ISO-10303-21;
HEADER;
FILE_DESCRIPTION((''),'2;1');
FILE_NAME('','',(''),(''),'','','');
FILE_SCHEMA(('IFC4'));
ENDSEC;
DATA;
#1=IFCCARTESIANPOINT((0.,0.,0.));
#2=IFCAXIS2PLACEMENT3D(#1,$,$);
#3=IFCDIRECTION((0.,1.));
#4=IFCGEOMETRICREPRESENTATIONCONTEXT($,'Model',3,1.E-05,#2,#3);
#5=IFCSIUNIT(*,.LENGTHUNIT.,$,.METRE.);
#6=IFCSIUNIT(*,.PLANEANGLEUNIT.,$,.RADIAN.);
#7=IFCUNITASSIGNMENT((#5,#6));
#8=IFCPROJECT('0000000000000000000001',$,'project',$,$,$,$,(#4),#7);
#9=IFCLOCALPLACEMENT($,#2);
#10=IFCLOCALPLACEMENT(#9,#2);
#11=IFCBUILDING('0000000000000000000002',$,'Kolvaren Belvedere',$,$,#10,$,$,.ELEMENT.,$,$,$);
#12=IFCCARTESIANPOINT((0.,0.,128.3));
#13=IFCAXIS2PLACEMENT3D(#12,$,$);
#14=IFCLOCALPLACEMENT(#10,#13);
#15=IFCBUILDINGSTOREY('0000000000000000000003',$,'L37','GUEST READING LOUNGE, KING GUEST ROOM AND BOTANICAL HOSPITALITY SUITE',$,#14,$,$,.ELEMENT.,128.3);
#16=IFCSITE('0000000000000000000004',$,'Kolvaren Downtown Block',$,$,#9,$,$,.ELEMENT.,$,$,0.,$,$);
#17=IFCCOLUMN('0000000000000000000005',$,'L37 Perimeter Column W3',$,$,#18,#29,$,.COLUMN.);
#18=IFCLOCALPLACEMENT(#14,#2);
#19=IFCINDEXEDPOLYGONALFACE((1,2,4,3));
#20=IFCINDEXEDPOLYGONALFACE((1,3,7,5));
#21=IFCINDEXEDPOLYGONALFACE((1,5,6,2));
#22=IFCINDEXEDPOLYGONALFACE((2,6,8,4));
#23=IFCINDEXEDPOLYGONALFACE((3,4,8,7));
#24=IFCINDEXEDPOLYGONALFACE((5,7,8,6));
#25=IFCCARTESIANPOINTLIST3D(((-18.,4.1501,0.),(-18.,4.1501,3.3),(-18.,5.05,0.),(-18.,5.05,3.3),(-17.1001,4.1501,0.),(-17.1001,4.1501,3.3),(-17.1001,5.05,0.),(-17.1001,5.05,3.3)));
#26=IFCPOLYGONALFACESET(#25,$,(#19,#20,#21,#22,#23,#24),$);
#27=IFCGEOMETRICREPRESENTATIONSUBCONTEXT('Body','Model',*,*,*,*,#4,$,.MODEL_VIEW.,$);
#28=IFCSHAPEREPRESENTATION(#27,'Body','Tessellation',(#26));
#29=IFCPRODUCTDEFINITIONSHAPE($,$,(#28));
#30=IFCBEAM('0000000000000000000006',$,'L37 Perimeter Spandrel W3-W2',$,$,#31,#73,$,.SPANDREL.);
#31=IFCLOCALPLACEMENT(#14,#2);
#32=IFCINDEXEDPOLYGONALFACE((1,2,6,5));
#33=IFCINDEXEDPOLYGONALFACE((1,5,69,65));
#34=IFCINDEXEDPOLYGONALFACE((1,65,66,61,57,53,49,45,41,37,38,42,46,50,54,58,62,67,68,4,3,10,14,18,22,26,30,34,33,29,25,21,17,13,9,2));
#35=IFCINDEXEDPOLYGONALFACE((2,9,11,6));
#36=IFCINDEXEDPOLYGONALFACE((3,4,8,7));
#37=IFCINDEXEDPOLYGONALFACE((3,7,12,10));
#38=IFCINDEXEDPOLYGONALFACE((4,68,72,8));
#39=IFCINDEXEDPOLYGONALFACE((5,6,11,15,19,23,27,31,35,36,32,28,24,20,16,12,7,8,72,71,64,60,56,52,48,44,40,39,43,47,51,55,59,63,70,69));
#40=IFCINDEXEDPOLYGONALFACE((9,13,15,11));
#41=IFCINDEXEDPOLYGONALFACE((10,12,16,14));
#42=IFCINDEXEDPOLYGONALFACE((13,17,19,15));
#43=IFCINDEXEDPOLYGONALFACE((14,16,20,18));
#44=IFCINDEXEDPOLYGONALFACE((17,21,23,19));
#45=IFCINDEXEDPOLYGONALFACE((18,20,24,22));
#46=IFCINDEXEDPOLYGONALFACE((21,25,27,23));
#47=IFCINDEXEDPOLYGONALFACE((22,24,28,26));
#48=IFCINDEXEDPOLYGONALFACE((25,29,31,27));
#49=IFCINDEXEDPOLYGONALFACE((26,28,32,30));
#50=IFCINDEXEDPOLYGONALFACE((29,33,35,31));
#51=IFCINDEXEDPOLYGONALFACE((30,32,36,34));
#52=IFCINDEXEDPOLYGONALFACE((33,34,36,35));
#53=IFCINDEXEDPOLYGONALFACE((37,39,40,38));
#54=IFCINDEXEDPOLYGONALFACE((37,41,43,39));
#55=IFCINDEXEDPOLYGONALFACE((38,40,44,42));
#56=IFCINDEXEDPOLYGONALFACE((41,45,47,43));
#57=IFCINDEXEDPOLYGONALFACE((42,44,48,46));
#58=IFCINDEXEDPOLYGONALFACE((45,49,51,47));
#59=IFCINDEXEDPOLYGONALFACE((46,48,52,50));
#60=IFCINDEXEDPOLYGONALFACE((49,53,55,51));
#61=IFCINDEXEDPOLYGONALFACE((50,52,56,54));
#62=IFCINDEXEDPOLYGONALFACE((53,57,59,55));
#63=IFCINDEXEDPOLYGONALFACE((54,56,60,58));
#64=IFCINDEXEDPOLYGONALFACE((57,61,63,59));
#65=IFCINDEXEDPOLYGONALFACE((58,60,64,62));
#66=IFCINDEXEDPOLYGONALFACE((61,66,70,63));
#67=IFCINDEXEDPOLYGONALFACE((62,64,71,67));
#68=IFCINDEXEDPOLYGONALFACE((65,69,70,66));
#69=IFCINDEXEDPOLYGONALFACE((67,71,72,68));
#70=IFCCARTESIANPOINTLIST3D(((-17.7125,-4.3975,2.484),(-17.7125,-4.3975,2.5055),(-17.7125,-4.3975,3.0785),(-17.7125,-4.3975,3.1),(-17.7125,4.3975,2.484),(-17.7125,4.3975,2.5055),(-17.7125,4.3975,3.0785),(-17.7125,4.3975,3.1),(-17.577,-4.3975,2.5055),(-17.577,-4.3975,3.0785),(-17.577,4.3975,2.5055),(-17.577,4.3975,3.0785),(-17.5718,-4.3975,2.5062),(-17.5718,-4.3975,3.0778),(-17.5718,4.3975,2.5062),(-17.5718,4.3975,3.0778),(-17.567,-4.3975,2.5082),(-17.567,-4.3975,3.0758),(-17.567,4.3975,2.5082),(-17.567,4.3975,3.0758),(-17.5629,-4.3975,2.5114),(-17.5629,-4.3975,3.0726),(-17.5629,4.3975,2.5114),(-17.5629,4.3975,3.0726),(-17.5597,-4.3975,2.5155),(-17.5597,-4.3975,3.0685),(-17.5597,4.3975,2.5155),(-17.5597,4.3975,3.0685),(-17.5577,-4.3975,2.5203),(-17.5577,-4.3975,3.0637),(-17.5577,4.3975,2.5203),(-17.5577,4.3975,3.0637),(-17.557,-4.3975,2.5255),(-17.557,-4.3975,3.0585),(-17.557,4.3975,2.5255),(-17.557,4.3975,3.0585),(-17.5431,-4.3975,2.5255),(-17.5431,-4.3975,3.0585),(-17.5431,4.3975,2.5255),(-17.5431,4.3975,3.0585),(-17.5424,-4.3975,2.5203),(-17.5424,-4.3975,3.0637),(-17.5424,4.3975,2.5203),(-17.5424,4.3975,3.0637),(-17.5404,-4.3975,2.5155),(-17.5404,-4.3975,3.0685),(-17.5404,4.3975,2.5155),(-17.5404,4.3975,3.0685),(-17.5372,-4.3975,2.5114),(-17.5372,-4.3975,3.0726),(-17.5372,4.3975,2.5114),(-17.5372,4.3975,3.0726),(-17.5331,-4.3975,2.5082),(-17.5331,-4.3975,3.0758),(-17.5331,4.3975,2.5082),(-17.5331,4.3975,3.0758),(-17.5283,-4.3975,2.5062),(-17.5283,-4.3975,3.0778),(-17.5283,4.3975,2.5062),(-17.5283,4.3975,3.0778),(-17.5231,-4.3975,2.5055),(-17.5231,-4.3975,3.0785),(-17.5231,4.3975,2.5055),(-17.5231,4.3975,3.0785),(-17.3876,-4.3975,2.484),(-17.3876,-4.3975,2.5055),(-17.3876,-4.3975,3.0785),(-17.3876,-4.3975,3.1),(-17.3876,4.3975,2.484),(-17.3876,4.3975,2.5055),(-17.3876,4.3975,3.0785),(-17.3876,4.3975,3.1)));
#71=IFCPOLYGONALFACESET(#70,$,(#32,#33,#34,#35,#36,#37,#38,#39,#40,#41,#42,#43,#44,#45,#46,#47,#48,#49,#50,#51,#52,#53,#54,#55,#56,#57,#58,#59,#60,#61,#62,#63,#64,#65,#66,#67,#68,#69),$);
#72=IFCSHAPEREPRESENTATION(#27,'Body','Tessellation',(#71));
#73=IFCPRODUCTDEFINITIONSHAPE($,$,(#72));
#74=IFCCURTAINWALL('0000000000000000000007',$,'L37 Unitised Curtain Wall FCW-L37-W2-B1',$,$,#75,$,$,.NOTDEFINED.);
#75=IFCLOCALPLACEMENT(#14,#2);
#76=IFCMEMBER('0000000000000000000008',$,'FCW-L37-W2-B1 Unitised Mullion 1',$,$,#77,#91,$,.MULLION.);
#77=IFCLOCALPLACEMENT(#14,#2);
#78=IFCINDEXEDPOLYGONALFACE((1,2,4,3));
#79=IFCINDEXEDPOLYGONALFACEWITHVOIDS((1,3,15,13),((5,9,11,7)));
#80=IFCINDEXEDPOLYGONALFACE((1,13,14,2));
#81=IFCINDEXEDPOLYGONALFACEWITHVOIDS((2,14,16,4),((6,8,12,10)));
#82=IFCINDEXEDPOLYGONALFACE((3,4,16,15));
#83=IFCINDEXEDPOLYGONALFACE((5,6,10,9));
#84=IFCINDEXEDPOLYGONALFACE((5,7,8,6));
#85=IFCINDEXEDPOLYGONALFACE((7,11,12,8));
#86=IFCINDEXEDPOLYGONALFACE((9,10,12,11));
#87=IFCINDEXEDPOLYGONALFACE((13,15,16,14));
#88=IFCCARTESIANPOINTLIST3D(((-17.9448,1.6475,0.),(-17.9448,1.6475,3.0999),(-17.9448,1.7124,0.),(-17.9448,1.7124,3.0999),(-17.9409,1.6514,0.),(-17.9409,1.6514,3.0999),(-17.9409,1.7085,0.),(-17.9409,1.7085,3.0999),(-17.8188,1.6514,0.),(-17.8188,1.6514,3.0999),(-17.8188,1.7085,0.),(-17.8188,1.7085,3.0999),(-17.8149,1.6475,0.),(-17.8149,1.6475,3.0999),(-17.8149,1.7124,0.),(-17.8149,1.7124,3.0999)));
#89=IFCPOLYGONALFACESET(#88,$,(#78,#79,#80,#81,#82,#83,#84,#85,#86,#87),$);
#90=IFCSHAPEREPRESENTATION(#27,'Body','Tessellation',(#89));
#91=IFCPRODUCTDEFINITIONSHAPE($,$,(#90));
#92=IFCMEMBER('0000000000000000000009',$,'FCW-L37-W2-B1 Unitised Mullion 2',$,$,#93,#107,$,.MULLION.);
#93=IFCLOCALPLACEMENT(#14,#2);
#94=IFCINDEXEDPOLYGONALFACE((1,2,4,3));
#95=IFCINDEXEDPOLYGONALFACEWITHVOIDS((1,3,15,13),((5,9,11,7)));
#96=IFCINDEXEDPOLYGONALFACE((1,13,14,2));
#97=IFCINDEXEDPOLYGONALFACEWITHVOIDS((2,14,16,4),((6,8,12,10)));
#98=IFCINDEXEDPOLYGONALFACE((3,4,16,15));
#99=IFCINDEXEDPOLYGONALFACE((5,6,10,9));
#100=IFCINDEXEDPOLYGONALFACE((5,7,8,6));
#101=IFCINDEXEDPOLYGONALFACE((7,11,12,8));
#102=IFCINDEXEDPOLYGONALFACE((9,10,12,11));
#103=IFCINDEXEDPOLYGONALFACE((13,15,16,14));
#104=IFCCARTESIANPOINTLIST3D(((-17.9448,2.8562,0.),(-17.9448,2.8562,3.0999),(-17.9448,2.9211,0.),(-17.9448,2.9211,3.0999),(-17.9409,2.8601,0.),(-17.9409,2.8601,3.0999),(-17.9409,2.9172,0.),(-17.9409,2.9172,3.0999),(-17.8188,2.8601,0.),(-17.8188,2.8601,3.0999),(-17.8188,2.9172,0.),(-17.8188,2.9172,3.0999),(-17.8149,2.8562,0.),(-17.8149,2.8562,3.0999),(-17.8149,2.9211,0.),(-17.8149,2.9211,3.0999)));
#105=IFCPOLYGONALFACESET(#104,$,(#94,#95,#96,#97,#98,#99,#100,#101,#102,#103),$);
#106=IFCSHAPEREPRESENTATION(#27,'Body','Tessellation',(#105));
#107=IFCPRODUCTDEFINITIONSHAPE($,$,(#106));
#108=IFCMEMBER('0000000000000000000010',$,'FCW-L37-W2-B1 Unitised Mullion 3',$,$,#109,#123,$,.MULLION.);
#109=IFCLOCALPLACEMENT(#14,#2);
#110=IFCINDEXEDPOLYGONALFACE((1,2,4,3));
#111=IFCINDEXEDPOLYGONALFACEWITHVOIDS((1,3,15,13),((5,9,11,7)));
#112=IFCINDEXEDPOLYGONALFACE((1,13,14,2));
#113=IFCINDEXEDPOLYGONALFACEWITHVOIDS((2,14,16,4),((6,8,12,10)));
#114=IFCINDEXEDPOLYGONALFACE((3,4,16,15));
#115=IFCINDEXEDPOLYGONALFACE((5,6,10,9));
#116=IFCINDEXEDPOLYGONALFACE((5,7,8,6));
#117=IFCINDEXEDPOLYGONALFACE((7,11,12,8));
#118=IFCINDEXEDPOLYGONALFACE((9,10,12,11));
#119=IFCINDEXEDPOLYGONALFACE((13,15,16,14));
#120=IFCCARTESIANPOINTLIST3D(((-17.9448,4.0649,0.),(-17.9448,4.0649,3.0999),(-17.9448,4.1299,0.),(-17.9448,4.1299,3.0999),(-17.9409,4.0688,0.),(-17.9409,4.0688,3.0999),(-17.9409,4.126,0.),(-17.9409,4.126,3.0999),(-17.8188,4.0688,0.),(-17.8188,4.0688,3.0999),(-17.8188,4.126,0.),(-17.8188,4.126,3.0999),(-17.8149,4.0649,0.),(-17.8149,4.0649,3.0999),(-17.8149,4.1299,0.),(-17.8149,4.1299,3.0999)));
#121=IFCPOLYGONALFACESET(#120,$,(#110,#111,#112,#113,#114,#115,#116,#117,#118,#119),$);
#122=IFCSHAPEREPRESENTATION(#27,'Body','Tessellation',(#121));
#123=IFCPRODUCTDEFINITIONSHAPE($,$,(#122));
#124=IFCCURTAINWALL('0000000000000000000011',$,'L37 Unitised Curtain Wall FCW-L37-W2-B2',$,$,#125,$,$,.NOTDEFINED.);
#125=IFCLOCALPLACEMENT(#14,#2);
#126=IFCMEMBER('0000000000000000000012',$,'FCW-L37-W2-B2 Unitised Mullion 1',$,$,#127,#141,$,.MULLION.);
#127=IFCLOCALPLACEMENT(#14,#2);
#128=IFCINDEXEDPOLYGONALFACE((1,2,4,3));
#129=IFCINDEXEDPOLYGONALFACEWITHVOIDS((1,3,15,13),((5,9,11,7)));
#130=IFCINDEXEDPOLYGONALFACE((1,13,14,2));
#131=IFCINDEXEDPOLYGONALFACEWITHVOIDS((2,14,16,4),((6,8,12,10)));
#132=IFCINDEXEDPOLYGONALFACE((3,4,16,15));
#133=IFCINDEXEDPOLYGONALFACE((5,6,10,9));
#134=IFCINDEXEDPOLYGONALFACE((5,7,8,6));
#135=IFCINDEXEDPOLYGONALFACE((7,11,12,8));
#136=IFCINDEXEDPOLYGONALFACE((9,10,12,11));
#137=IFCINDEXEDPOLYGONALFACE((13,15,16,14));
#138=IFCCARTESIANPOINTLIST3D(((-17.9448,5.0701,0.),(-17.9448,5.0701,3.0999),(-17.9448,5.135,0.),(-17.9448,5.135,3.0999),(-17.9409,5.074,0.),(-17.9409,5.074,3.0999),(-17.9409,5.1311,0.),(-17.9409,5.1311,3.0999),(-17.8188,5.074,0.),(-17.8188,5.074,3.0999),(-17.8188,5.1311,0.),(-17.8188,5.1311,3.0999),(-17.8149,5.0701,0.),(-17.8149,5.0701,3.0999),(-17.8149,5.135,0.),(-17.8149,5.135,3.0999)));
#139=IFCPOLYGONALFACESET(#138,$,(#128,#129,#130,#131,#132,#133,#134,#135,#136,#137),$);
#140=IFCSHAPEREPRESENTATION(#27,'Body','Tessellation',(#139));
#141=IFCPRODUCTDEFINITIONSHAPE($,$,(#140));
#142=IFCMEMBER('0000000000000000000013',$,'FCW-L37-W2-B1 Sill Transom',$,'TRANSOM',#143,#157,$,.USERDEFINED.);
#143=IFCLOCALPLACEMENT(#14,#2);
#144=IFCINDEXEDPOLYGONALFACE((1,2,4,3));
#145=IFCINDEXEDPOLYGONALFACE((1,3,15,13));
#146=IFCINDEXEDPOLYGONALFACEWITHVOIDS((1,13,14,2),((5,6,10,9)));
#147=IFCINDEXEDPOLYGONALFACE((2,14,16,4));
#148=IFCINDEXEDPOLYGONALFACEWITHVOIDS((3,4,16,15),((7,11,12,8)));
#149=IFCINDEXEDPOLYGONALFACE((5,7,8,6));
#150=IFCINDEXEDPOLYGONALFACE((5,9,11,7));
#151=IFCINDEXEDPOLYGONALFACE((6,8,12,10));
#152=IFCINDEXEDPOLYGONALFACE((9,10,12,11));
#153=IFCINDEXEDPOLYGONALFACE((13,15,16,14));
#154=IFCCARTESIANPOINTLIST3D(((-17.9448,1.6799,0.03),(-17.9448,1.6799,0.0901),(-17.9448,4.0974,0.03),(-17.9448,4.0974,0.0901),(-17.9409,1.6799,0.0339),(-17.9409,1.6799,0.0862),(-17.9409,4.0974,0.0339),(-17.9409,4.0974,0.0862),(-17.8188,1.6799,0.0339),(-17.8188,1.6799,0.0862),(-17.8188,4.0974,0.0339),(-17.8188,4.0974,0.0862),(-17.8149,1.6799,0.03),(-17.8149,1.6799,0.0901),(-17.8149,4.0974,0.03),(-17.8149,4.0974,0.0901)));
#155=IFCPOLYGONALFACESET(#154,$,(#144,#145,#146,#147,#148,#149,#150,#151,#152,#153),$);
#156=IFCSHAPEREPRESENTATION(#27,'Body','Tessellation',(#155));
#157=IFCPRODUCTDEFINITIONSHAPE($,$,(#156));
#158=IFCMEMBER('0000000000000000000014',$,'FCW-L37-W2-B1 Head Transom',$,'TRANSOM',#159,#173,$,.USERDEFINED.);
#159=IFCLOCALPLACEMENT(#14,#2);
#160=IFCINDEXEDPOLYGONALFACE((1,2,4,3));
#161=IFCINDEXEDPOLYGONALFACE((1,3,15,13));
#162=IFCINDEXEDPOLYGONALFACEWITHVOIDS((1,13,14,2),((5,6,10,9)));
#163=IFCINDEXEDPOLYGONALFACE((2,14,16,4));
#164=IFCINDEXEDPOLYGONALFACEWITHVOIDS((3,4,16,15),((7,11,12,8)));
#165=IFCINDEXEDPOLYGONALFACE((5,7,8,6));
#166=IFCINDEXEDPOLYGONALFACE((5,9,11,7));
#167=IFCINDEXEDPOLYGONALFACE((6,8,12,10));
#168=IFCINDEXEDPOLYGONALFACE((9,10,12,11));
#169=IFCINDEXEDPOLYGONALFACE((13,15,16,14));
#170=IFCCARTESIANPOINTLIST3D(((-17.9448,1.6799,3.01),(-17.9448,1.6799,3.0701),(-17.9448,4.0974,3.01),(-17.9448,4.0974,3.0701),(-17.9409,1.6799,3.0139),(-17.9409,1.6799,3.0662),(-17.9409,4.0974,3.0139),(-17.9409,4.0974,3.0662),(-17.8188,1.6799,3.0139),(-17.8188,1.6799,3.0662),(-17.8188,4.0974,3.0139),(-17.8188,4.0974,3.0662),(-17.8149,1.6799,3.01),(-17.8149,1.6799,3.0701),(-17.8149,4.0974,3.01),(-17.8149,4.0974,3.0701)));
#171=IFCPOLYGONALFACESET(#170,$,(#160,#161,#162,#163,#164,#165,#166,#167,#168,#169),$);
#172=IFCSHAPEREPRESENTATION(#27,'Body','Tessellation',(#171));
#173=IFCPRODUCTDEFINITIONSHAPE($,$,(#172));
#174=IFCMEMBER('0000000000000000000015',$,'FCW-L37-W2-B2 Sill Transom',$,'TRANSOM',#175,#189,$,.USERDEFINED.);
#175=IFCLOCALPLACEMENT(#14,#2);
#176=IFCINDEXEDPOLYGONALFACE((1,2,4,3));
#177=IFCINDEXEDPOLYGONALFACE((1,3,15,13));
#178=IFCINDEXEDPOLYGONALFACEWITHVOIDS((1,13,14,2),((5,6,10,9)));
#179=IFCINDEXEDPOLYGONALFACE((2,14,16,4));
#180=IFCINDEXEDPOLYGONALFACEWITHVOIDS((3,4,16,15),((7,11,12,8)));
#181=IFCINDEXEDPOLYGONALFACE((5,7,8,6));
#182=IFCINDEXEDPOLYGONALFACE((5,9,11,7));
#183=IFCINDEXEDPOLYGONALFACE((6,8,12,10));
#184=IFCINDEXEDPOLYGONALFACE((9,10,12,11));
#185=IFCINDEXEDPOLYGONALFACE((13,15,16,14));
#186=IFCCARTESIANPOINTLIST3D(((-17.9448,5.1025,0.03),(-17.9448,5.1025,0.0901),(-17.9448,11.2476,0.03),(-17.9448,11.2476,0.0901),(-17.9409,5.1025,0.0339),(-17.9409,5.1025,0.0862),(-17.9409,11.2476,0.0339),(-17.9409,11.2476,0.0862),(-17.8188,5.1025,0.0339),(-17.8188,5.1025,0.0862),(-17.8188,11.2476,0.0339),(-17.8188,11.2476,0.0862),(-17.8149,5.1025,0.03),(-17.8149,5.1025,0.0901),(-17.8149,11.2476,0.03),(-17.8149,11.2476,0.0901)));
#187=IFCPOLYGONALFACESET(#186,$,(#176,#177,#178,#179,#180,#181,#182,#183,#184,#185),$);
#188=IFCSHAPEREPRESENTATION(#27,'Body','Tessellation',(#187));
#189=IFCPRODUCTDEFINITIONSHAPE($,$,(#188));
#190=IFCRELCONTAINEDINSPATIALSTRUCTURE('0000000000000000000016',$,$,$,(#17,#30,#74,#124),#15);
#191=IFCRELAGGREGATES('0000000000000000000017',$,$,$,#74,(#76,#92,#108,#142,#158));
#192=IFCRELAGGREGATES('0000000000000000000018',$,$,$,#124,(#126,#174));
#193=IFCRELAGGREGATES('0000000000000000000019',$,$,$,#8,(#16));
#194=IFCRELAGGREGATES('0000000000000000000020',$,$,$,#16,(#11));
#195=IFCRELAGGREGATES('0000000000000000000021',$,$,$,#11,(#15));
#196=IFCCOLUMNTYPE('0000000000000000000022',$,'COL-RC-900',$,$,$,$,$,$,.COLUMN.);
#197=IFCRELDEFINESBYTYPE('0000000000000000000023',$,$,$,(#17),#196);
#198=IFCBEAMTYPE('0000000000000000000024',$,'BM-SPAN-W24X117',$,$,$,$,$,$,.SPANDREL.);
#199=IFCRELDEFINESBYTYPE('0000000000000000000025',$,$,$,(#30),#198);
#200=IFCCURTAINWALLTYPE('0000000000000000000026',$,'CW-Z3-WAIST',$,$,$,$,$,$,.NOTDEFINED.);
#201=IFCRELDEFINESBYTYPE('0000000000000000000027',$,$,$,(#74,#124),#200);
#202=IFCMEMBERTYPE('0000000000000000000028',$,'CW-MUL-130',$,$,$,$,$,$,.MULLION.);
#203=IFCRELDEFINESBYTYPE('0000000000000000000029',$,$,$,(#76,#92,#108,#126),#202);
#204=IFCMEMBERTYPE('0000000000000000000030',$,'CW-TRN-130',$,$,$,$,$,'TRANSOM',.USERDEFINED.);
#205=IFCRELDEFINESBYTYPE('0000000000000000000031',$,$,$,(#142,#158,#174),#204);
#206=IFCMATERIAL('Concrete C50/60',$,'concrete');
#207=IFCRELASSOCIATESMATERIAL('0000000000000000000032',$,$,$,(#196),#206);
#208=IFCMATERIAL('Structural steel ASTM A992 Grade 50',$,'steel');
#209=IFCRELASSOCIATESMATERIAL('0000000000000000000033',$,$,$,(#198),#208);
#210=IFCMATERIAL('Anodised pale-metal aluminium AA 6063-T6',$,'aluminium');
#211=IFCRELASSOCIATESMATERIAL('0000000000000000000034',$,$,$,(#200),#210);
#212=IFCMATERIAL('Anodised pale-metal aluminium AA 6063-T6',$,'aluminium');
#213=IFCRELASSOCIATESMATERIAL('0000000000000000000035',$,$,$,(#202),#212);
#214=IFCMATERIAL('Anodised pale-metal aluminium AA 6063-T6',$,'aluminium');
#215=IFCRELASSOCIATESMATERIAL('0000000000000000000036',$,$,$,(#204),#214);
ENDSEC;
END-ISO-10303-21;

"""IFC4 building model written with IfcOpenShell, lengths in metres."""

from ifc_helpers import new_model, si_unit, direction, frame, origin, origin_2d, place, context, subcontext, project, spatial, rectangle, hollow_rectangle, i_section, extrude, material, material_profile, profile_set, type_object, element, aggregate, save


model = new_model("IFC4")

# Units and contexts
model_context = context("Model", 3, precision=1e-05, world=origin(), true_north=direction((0.0, 1.0)))
body_context = subcontext(model_context, "Body", "Model", "MODEL_VIEW")
ifc_project = project(units=[si_unit("LENGTHUNIT", "METRE"), si_unit("PLANEANGLEUNIT", "RADIAN")], contexts=[model_context])

# Site, building, storey
site_placement = place(None, origin())
site = spatial("IfcSite", under=ifc_project, at=site_placement, Name="Kolvaren Downtown Block", CompositionType="ELEMENT", RefElevation=0.0)
building_placement = place(site_placement, origin())
building = spatial("IfcBuilding", under=site, at=building_placement, Name="Kolvaren Belvedere", CompositionType="ELEMENT")
storey_placement = place(building_placement, frame((0.0, 0.0, 128.3)))
storey = spatial("IfcBuildingStorey", under=building, at=storey_placement, Name="L37", Description="GUEST READING LOUNGE, KING GUEST ROOM AND BOTANICAL HOSPITALITY SUITE", CompositionType="ELEMENT", Elevation=128.3)

# Column
ifc_material_1 = material(Name="Concrete C50/60", Category="concrete")
ifc_material_profile_1 = material_profile(ifc_material_1, rectangle(XDim=0.8999, YDim=0.8999, at=origin_2d()), Name="RC 900X900")
ifc_profile_set_1 = profile_set([ifc_material_profile_1], Name="Concrete C50/60")
column_type = type_object("IfcColumnType", Name="COL-RC-900", PredefinedType="COLUMN", material=ifc_profile_set_1)
column_placement = place(storey_placement, frame((-17.55, 4.6001, 0.0), z_axis=(0.0, 0.0, 1.0), x_axis=(1.0, 0.0, 0.0)))
element("IfcColumn", 1, at=column_placement, inside=storey, type_object=column_type, Name="L37 Perimeter Column W3", PredefinedType="COLUMN", context=body_context, shape_type="SweptSolid", body=[
    extrude(rectangle(XDim=0.8999, YDim=0.8999, at=origin_2d()), origin(), (0.0, 0.0, 1.0), 3.3),
])

# Beam
ifc_material_2 = material(Name="Structural steel ASTM A992 Grade 50", Category="steel")
ifc_material_profile_2 = material_profile(ifc_material_2, i_section(OverallWidth=0.325, OverallDepth=0.616, WebThickness=0.0139, FlangeThickness=0.0215, FilletRadius=0.02, at=origin_2d()), Name="W24X117")
ifc_profile_set_2 = profile_set([ifc_material_profile_2], Name="Structural steel ASTM A992 Grade 50")
beam_type = type_object("IfcBeamType", Name="BM-SPAN-W24X117", PredefinedType="SPANDREL", material=ifc_profile_set_2)
beam_placement = place(storey_placement, frame((-17.55, 4.3975, 2.792), z_axis=(0.0, -1.0, 0.0), x_axis=(1.0, 0.0, 0.0)))
element("IfcBeam", 2, at=beam_placement, inside=storey, type_object=beam_type, Name="L37 Perimeter Spandrel W3-W2", PredefinedType="SPANDREL", context=body_context, shape_type="SweptSolid", body=[
    extrude(i_section(OverallWidth=0.325, OverallDepth=0.616, WebThickness=0.0139, FlangeThickness=0.0215, FilletRadius=0.02, at=origin_2d()), origin(), (0.0, 0.0, 1.0), 8.7949),
])

# Curtain wall, members
ifc_material_3 = material(Name="Anodised pale-metal aluminium AA 6063-T6", Category="aluminium")
curtain_wall_type = type_object("IfcCurtainWallType", Name="CW-Z3-WAIST", PredefinedType="NOTDEFINED", material=ifc_material_3)
curtain_wall_1_placement = place(storey_placement, origin())
curtain_wall_1 = element("IfcCurtainWall", 3, at=curtain_wall_1_placement, inside=storey, type_object=curtain_wall_type, Name="L37 Unitised Curtain Wall FCW-L37-W2-B1", PredefinedType="NOTDEFINED")
ifc_material_4 = material(Name="Anodised pale-metal aluminium AA 6063-T6", Category="aluminium")
ifc_material_profile_3 = material_profile(ifc_material_4, hollow_rectangle(XDim=0.0649, YDim=0.1299, WallThickness=0.0039, at=origin_2d()), Name="ALU-MUL-130X65")
ifc_profile_set_3 = profile_set([ifc_material_profile_3], Name="Anodised pale-metal aluminium AA 6063-T6")
member_type_1 = type_object("IfcMemberType", Name="CW-MUL-130", PredefinedType="MULLION", material=ifc_profile_set_3)
member_1_placement = place(storey_placement, frame((-17.8799, 1.6799, 0.0), z_axis=(0.0, 0.0, 1.0), x_axis=(0.0, 1.0, 0.0)))
member_1 = element("IfcMember", 4, at=member_1_placement, type_object=member_type_1, Name="FCW-L37-W2-B1 Unitised Mullion 1", PredefinedType="MULLION", context=body_context, shape_type="SweptSolid", body=[
    extrude(hollow_rectangle(XDim=0.0649, YDim=0.1299, WallThickness=0.0039, at=origin_2d()), origin(), (0.0, 0.0, 1.0), 3.0999),
])
member_2_placement = place(storey_placement, frame((-17.8799, 2.8887, 0.0), z_axis=(0.0, 0.0, 1.0), x_axis=(0.0, 1.0, 0.0)))
member_2 = element("IfcMember", 5, at=member_2_placement, type_object=member_type_1, Name="FCW-L37-W2-B1 Unitised Mullion 2", PredefinedType="MULLION", context=body_context, shape_type="SweptSolid", body=[
    extrude(hollow_rectangle(XDim=0.0649, YDim=0.1299, WallThickness=0.0039, at=origin_2d()), origin(), (0.0, 0.0, 1.0), 3.0999),
])
member_3_placement = place(storey_placement, frame((-17.8799, 4.0974, 0.0), z_axis=(0.0, 0.0, 1.0), x_axis=(0.0, 1.0, 0.0)))
member_3 = element("IfcMember", 6, at=member_3_placement, type_object=member_type_1, Name="FCW-L37-W2-B1 Unitised Mullion 3", PredefinedType="MULLION", context=body_context, shape_type="SweptSolid", body=[
    extrude(hollow_rectangle(XDim=0.0649, YDim=0.1299, WallThickness=0.0039, at=origin_2d()), origin(), (0.0, 0.0, 1.0), 3.0999),
])

# Curtain wall, member
curtain_wall_2_placement = place(storey_placement, origin())
curtain_wall_2 = element("IfcCurtainWall", 7, at=curtain_wall_2_placement, inside=storey, type_object=curtain_wall_type, Name="L37 Unitised Curtain Wall FCW-L37-W2-B2", PredefinedType="NOTDEFINED")
member_4_placement = place(storey_placement, frame((-17.8799, 5.1025, 0.0), z_axis=(0.0, 0.0, 1.0), x_axis=(0.0, 1.0, 0.0)))
member_4 = element("IfcMember", 8, at=member_4_placement, type_object=member_type_1, Name="FCW-L37-W2-B2 Unitised Mullion 1", PredefinedType="MULLION", context=body_context, shape_type="SweptSolid", body=[
    extrude(hollow_rectangle(XDim=0.0649, YDim=0.1299, WallThickness=0.0039, at=origin_2d()), origin(), (0.0, 0.0, 1.0), 3.0999),
])

# Members
ifc_material_5 = material(Name="Anodised pale-metal aluminium AA 6063-T6", Category="aluminium")
ifc_material_profile_4 = material_profile(ifc_material_5, hollow_rectangle(XDim=0.0601, YDim=0.1299, WallThickness=0.0039, at=origin_2d()), Name="ALU-TRN-130X60")
ifc_profile_set_4 = profile_set([ifc_material_profile_4], Name="Anodised pale-metal aluminium AA 6063-T6")
member_type_2 = type_object("IfcMemberType", Name="CW-TRN-130", ElementType="TRANSOM", PredefinedType="USERDEFINED", material=ifc_profile_set_4)
member_5_placement = place(storey_placement, frame((-17.8799, 1.6799, 0.0601), z_axis=(0.0, 1.0, 0.0), x_axis=(0.0, 0.0, 1.0)))
member_5 = element("IfcMember", 9, at=member_5_placement, type_object=member_type_2, Name="FCW-L37-W2-B1 Sill Transom", ObjectType="TRANSOM", PredefinedType="USERDEFINED", context=body_context, shape_type="SweptSolid", body=[
    extrude(hollow_rectangle(XDim=0.0601, YDim=0.1299, WallThickness=0.0039, at=origin_2d()), origin(), (0.0, 0.0, 1.0), 2.4175),
])
member_6_placement = place(storey_placement, frame((-17.8799, 1.6799, 3.04), z_axis=(0.0, 1.0, 0.0), x_axis=(0.0, 0.0, 1.0)))
member_6 = element("IfcMember", 10, at=member_6_placement, type_object=member_type_2, Name="FCW-L37-W2-B1 Head Transom", ObjectType="TRANSOM", PredefinedType="USERDEFINED", context=body_context, shape_type="SweptSolid", body=[
    extrude(hollow_rectangle(XDim=0.0601, YDim=0.1299, WallThickness=0.0039, at=origin_2d()), origin(), (0.0, 0.0, 1.0), 2.4175),
])
member_7_placement = place(storey_placement, frame((-17.8799, 5.1025, 0.0601), z_axis=(0.0, 1.0, 0.0), x_axis=(0.0, 0.0, 1.0)))
member_7 = element("IfcMember", 11, at=member_7_placement, type_object=member_type_2, Name="FCW-L37-W2-B2 Sill Transom", ObjectType="TRANSOM", PredefinedType="USERDEFINED", context=body_context, shape_type="SweptSolid", body=[
    extrude(hollow_rectangle(XDim=0.0601, YDim=0.1299, WallThickness=0.0039, at=origin_2d()), origin(), (0.0, 0.0, 1.0), 6.145),
])

aggregate(curtain_wall_1, [member_1, member_2, member_3, member_5, member_6])
aggregate(curtain_wall_2, [member_4, member_7])

save(model, "model.ifc")
